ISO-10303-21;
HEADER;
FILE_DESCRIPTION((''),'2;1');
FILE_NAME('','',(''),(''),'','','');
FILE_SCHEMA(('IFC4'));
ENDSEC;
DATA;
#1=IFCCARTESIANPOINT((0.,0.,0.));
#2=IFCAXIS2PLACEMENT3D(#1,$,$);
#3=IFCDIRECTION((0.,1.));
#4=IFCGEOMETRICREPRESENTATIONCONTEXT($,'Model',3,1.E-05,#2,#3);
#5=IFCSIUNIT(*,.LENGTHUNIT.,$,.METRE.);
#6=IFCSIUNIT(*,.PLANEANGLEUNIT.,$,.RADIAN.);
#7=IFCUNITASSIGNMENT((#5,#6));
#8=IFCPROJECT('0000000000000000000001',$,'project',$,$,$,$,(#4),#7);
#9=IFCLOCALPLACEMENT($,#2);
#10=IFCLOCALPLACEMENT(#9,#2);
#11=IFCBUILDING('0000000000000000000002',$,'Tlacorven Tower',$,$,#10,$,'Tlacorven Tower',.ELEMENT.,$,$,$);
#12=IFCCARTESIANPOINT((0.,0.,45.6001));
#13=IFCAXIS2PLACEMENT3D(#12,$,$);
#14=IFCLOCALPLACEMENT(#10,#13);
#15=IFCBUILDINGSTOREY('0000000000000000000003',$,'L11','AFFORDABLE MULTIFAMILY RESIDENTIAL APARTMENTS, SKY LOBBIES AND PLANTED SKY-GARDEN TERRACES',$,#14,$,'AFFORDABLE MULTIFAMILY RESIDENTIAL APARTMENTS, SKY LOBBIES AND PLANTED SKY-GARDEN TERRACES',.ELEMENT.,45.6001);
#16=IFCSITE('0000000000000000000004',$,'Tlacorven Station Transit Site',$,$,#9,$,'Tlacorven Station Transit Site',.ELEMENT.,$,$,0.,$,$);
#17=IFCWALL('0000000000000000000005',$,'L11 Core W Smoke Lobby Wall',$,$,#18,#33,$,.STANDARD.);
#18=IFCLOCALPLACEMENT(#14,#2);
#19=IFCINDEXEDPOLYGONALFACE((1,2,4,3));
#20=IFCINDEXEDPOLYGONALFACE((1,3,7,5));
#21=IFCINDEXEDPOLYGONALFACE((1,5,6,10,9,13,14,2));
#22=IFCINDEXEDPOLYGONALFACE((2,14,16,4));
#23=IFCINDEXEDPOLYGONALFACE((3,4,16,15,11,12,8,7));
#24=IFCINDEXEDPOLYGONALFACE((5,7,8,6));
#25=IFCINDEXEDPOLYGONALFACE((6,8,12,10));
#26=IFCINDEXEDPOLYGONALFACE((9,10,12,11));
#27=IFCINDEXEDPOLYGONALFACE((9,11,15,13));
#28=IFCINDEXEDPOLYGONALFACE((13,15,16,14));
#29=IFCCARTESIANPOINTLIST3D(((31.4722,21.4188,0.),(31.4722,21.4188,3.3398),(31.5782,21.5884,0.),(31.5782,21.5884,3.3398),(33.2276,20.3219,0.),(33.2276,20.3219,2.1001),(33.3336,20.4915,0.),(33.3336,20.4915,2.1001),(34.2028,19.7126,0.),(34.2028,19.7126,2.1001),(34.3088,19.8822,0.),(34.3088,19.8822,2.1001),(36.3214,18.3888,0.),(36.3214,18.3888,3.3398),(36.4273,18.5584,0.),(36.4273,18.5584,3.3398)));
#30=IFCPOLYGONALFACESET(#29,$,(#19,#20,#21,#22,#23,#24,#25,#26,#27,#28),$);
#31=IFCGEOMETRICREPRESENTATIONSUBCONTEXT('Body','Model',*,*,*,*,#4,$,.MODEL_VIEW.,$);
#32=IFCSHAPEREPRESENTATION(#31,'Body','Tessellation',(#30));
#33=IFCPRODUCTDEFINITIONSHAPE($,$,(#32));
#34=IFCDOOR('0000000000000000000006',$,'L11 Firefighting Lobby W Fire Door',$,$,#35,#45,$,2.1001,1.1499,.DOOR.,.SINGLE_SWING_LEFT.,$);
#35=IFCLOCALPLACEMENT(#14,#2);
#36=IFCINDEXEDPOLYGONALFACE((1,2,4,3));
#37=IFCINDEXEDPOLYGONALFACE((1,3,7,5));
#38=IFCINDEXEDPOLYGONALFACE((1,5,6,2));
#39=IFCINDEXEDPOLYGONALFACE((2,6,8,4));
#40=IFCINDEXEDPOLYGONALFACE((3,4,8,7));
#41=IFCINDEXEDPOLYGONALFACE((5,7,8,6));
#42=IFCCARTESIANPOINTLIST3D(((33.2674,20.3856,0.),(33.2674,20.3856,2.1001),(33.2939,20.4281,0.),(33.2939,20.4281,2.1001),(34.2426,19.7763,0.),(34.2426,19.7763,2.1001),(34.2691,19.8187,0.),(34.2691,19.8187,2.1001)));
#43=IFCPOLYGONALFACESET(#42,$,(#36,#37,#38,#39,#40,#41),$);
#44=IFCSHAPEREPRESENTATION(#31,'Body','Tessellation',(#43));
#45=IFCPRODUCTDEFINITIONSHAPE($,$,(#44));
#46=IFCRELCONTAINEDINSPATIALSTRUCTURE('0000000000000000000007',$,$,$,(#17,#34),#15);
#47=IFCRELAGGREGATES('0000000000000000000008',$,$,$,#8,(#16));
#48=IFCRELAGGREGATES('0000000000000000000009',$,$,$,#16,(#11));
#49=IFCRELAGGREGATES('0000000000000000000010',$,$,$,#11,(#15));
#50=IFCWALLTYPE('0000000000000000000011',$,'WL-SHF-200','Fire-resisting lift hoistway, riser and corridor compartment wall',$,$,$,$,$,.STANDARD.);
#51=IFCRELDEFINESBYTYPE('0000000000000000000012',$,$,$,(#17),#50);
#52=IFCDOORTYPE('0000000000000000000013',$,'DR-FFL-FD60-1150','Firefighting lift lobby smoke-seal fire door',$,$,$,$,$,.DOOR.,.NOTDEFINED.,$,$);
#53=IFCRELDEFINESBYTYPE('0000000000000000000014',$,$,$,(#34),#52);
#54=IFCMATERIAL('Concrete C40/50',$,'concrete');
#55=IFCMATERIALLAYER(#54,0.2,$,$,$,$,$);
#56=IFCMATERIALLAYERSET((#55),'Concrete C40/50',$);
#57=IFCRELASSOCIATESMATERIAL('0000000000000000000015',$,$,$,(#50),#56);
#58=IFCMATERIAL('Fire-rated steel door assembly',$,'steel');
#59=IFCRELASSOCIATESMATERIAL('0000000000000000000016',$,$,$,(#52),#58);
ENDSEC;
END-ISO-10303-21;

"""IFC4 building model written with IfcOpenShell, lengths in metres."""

from ifc_helpers import new_model, si_unit, direction, frame, frame_2d, origin, place, context, subcontext, project, spatial, rectangle, extrude, source, transform, mapped, material, layer, layer_set, type_object, element, fill, save


model = new_model("IFC4")

# Units and contexts
model_context = context("Model", 3, precision=1e-05, world=origin(), true_north=direction((0.0, 1.0)))
body_context = subcontext(model_context, "Body", "Model", "MODEL_VIEW")
ifc_project = project(units=[si_unit("LENGTHUNIT", "METRE"), si_unit("PLANEANGLEUNIT", "RADIAN")], contexts=[model_context])

# Site, building, storey
site_placement = place(None, origin())
site = spatial("IfcSite", under=ifc_project, at=site_placement, Name="Tlacorven Station Transit Site", LongName="Tlacorven Station Transit Site", CompositionType="ELEMENT", RefElevation=0.0)
building_placement = place(site_placement, origin())
building = spatial("IfcBuilding", under=site, at=building_placement, Name="Tlacorven Tower", LongName="Tlacorven Tower", CompositionType="ELEMENT")
storey_placement = place(building_placement, frame((0.0, 0.0, 45.6001)))
storey = spatial("IfcBuildingStorey", under=building, at=storey_placement, Name="L11", Description="AFFORDABLE MULTIFAMILY RESIDENTIAL APARTMENTS, SKY LOBBIES AND PLANTED SKY-GARDEN TERRACES", LongName="AFFORDABLE MULTIFAMILY RESIDENTIAL APARTMENTS, SKY LOBBIES AND PLANTED SKY-GARDEN TERRACES", CompositionType="ELEMENT", Elevation=45.6001)

# Shared definitions
ifc_material_1 = material(Name="Fire-rated steel door assembly", Category="steel")

# Shared definitions
ifc_material_2 = material(Name="Concrete C40/50", Category="concrete")
ifc_layer_1 = layer(ifc_material_2, 0.2)
ifc_layer_set_1 = layer_set([ifc_layer_1], Name="Concrete C40/50")
wall_type_1 = type_object("IfcWallType", Name="WL-SHF-200", Description="Fire-resisting lift hoistway, riser and corridor compartment wall", PredefinedType="STANDARD", material=ifc_layer_set_1)

# Wall, opening, door
wall_1_placement = place(storey_placement, frame((36.3743, 18.4736, 0.0), z_axis=(0.0, 0.0, 1.0), x_axis=(-0.848051, 0.529915, 0.0)))
wall_1 = element("IfcWall", 1, at=wall_1_placement, inside=storey, type_object=wall_type_1, Name="L11 Core W Smoke Lobby Wall", PredefinedType="STANDARD", context=body_context, shape_type="SweptSolid", body=[
    extrude(rectangle(XDim=5.718, YDim=0.2, at=frame_2d((2.8589, 0.0))), origin(), (0.0, 0.0, 1.0), 3.3398),
])
opening_1_placement = place(wall_1_placement, frame((2.498, 0.0, 0.0)))
opening_1 = element("IfcOpeningElement", 2, at=opening_1_placement, cuts=wall_1, PredefinedType="OPENING", context=body_context, shape_type="SweptSolid", body=[
    extrude(rectangle(XDim=1.1499, YDim=2.1001, at=frame_2d((0.575, 1.05))), frame((0.0, 0.1099, 0.0), z_axis=(0.0, -1.0, 0.0), x_axis=(1.0, 0.0, 0.0)), (0.0, 0.0, 1.0), 0.22),
])
door_type_1 = type_object("IfcDoorType", Name="DR-FFL-FD60-1150", Description="Firefighting lift lobby smoke-seal fire door", OperationType="NOTDEFINED", PredefinedType="DOOR", material=ifc_material_1)
shared_shape_1 = source(origin(), body_context, "Body", "SweptSolid", [
    extrude(rectangle(XDim=1.1499, YDim=2.1001, at=frame_2d((0.575, 1.05))), frame((0.0, 0.0249, 0.0), z_axis=(0.0, -1.0, 0.0), x_axis=(1.0, 0.0, 0.0)), (0.0, 0.0, 1.0), 0.05),
])
door_1_placement = place(opening_1_placement, origin())
door_1 = element("IfcDoor", 3, at=door_1_placement, inside=storey, type_object=door_type_1, Name="L11 Firefighting Lobby W Fire Door", OperationType="SINGLE_SWING_LEFT", OverallHeight=2.1001, OverallWidth=1.1499, PredefinedType="DOOR", context=body_context, shape_type="MappedRepresentation", body=[
    mapped(shared_shape_1, transform((0.0, 0.0, 0.0), scale=1.0)),
])
fill(opening_1, door_1)

save(model, "model.ifc")
